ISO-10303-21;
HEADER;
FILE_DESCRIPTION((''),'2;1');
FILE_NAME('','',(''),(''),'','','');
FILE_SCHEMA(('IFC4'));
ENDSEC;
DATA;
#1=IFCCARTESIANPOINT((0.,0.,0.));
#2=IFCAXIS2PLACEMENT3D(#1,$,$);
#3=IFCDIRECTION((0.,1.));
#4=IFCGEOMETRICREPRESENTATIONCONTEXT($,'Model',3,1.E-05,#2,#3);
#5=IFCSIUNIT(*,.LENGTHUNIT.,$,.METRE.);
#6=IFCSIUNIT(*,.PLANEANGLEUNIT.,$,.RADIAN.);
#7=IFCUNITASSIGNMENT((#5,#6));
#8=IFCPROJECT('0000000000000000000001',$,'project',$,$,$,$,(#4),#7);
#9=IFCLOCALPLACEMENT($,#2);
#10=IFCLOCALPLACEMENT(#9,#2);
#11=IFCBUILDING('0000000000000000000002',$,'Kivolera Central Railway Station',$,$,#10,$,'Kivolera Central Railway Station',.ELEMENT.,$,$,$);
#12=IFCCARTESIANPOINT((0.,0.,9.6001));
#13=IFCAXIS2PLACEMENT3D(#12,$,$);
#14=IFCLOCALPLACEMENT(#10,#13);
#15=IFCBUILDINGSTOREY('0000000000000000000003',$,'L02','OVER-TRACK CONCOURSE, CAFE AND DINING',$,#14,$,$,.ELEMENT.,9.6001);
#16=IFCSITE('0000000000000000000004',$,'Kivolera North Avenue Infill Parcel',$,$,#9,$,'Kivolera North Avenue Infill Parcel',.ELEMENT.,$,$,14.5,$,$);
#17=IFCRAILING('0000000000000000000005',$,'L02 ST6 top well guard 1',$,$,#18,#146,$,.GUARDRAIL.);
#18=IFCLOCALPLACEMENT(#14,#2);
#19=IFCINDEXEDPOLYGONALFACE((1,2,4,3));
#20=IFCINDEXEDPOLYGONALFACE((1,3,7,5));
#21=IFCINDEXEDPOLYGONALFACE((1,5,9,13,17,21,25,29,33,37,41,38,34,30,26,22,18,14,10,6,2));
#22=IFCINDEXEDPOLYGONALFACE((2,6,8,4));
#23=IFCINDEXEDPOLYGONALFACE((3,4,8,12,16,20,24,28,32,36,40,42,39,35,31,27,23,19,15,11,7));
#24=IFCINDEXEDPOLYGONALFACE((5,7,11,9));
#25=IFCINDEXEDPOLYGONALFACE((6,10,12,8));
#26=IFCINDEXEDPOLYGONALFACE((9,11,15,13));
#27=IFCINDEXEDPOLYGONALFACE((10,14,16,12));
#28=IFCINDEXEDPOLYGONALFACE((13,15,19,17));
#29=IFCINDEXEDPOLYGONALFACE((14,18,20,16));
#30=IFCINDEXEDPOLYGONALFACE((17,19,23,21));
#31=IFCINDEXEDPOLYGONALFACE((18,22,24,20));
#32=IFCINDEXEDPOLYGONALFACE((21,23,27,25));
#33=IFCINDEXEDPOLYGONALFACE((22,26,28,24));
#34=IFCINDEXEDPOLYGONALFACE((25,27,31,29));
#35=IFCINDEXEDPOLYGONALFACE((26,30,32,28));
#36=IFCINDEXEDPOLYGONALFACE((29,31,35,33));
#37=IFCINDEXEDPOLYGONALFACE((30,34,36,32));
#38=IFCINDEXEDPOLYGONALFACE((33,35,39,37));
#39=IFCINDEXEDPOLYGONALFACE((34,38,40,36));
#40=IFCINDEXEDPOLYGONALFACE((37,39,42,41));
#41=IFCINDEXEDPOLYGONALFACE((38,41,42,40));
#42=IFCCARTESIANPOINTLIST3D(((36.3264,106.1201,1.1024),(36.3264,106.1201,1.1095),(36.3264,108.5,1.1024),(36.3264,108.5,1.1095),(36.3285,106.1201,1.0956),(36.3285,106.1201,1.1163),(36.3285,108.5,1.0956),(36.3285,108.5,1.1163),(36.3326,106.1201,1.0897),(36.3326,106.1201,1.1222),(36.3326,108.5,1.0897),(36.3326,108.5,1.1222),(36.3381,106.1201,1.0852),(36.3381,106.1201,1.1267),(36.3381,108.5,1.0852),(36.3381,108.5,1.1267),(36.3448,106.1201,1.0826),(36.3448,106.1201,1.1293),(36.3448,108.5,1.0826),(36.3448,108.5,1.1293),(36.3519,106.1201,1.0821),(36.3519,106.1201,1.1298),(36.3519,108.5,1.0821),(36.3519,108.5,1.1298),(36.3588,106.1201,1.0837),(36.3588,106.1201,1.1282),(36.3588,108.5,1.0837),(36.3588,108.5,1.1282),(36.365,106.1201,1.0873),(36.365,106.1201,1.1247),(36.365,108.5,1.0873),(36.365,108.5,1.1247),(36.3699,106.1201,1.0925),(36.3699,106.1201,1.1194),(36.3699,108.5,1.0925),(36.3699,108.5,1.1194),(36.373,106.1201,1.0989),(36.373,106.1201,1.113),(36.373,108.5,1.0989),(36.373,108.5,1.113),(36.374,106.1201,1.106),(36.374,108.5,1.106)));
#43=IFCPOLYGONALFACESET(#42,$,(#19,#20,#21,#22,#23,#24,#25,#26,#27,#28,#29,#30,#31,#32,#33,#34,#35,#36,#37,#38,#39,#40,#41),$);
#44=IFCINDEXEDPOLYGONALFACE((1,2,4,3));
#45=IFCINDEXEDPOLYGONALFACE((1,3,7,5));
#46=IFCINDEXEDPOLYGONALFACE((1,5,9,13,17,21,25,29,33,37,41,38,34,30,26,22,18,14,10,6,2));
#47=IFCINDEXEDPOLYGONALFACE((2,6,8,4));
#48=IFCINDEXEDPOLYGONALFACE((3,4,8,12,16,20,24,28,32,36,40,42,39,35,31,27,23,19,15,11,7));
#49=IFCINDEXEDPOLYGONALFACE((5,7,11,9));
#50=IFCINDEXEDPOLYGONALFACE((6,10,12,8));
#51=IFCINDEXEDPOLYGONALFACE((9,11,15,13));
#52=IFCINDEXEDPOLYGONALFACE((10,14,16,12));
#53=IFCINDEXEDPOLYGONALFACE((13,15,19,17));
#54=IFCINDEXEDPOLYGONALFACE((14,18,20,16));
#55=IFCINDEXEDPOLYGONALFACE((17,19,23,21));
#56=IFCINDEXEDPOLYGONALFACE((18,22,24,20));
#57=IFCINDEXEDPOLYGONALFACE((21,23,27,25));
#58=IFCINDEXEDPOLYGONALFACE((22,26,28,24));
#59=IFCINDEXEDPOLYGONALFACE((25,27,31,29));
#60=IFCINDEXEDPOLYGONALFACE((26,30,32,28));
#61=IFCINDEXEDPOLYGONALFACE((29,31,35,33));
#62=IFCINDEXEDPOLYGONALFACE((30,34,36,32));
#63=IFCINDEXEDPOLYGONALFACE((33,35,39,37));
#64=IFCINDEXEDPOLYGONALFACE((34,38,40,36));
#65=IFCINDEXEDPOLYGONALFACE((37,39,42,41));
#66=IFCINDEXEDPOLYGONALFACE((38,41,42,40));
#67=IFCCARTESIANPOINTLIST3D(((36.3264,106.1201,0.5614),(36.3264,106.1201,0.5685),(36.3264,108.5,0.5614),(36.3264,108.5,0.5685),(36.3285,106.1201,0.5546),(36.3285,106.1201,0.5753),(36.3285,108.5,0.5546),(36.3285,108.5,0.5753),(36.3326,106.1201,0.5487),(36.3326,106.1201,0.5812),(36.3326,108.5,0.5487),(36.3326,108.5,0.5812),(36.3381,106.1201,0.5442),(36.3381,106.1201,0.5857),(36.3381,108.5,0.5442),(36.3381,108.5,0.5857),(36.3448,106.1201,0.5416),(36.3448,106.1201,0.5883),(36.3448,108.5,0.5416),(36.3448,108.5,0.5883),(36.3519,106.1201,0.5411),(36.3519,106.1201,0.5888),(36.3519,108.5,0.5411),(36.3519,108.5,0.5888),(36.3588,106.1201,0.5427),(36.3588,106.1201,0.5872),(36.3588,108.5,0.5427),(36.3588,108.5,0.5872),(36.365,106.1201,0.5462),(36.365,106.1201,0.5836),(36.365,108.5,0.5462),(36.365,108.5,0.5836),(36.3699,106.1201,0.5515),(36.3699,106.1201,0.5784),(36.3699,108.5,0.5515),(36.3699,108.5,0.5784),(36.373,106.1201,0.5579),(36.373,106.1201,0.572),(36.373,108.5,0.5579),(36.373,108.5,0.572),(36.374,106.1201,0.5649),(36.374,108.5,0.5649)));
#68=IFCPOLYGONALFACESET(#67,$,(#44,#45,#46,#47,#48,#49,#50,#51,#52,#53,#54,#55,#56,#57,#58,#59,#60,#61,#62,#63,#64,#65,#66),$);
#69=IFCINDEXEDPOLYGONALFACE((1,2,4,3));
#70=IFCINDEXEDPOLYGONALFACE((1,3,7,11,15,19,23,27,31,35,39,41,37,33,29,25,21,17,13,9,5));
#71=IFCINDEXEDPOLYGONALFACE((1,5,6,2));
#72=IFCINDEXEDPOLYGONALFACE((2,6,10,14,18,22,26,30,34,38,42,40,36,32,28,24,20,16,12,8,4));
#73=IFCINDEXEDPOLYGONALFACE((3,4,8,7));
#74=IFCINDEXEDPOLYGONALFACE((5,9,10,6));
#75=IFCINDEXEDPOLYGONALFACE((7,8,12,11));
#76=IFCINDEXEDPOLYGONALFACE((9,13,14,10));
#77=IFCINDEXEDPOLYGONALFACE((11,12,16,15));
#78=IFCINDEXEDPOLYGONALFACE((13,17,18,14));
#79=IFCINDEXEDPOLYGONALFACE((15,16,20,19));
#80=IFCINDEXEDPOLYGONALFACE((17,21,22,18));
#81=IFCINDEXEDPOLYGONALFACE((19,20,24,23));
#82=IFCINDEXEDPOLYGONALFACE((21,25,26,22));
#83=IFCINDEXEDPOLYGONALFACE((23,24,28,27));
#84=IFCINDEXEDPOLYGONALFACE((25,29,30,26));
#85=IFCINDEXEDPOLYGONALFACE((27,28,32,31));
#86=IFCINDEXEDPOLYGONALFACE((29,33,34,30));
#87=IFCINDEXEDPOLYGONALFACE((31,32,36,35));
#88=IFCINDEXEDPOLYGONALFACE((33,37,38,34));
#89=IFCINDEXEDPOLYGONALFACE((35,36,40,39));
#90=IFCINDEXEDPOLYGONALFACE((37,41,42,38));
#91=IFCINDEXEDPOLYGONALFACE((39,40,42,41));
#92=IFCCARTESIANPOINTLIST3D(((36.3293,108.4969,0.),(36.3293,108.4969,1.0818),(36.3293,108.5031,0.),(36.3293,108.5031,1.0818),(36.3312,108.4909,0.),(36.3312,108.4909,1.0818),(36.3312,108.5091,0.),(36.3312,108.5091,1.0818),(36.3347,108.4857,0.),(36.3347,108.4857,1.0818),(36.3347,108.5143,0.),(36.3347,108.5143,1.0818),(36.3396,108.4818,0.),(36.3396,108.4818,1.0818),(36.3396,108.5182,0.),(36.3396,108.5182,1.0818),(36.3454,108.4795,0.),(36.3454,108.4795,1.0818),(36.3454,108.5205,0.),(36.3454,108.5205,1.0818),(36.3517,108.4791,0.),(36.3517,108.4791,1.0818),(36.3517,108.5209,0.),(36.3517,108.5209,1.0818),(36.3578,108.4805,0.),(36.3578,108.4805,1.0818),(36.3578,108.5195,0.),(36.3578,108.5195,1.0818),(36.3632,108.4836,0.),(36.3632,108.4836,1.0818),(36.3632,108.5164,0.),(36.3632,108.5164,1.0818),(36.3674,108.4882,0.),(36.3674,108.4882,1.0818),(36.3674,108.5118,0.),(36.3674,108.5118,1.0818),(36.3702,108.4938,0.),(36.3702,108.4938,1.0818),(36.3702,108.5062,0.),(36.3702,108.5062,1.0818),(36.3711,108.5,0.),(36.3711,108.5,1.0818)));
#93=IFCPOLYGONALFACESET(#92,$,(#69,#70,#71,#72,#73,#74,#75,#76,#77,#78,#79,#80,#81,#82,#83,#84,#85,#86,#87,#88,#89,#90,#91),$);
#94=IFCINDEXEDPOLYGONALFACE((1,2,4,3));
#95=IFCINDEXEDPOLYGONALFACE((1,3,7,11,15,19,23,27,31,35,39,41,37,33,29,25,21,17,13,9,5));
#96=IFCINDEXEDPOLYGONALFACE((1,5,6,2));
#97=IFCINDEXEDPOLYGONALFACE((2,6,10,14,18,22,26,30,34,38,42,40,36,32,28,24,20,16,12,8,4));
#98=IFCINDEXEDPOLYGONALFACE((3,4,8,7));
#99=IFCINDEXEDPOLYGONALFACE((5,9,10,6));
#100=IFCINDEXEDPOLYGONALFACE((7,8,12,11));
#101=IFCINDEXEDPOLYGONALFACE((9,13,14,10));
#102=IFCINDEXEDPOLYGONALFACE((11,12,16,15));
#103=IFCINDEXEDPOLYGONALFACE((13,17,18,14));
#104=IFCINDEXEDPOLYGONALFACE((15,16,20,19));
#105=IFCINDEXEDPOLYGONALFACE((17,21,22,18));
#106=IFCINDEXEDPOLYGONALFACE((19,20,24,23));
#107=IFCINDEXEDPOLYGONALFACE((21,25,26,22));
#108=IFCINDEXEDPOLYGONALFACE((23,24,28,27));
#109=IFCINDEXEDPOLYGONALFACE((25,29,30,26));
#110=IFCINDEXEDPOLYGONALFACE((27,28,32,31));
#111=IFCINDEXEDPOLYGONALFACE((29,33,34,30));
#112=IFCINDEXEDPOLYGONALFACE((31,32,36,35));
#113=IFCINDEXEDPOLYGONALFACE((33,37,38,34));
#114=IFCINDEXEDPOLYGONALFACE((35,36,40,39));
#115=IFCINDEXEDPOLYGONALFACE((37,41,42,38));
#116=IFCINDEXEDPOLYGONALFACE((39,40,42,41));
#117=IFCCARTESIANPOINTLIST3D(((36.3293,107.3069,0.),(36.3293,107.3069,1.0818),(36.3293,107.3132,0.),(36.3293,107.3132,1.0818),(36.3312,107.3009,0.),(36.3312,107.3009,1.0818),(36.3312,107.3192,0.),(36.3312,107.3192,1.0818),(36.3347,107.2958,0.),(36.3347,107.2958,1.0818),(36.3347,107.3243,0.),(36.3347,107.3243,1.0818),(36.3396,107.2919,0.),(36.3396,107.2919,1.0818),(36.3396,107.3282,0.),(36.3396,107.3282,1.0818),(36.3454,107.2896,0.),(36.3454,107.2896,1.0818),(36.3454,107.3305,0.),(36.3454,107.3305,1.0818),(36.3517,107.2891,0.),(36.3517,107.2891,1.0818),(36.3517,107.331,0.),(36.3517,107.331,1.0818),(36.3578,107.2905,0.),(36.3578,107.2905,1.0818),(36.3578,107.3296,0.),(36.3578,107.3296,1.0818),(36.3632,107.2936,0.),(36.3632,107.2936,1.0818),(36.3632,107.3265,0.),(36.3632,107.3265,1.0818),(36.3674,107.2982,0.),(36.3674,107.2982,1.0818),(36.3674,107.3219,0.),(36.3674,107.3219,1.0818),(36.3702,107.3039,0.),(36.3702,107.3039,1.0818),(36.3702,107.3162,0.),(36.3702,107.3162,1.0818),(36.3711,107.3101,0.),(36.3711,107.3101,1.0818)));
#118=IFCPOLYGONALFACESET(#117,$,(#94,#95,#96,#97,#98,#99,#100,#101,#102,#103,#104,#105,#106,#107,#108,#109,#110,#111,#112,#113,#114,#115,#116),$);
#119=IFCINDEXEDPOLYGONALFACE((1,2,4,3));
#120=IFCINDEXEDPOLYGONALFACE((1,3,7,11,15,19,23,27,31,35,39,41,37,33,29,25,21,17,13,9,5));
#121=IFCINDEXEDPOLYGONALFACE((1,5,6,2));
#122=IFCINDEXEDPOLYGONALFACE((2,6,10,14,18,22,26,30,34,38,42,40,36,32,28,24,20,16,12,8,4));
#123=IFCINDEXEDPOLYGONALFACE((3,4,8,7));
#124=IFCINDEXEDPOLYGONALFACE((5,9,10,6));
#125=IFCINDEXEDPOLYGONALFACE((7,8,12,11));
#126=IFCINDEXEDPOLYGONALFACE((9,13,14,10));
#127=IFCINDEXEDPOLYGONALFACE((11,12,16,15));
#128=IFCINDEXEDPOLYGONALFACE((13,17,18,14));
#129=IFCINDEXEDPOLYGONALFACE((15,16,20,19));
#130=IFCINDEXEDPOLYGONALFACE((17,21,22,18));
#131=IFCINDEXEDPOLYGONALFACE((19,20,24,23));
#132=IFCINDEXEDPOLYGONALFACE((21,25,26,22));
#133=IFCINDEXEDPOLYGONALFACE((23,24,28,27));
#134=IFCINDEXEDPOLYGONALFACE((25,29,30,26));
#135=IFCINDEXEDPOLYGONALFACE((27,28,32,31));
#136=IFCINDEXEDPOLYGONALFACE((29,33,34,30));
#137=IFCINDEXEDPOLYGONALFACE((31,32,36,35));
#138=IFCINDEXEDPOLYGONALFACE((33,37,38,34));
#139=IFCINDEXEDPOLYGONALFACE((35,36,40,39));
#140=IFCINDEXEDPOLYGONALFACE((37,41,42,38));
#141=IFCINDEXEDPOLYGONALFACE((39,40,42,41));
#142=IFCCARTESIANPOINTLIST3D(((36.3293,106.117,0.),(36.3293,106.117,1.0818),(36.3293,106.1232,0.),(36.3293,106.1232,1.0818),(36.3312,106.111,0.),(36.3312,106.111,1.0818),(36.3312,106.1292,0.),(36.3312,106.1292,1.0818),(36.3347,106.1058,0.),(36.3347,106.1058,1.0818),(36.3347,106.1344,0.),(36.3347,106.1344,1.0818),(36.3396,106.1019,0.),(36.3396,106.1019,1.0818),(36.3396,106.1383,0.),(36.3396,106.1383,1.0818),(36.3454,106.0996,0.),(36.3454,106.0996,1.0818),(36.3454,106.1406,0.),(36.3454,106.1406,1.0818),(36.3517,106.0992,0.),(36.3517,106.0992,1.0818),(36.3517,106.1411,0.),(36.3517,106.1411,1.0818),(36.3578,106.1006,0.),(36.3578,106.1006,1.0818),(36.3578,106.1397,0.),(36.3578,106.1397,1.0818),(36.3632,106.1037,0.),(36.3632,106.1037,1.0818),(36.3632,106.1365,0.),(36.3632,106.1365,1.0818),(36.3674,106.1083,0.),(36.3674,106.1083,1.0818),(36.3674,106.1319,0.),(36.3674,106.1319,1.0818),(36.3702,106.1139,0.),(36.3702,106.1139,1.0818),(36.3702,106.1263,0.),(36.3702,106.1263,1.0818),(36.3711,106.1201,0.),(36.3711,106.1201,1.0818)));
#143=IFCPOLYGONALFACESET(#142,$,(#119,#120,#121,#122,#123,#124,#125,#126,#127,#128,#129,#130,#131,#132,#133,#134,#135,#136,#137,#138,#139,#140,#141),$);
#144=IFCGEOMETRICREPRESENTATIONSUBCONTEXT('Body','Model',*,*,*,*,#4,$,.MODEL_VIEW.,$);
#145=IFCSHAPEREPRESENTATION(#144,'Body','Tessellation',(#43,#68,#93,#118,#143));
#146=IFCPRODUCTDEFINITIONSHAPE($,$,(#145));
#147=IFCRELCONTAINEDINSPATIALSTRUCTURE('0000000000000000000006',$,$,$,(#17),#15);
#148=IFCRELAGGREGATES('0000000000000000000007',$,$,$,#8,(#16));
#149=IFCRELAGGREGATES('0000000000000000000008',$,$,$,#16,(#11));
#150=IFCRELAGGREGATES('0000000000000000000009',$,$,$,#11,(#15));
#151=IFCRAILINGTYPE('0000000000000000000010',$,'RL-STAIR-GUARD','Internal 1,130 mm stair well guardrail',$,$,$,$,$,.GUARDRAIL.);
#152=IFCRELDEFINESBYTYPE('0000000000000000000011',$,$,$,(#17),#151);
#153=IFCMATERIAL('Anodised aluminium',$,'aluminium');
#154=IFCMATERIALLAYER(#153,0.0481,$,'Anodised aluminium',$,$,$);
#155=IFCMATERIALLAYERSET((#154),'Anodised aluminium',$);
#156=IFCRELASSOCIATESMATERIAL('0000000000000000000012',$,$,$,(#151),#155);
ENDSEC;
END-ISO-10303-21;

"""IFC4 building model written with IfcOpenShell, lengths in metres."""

from ifc_helpers import new_model, si_unit, direction, frame, origin, origin_2d, place, context, subcontext, project, spatial, circle, extrude, material, layer, layer_set, type_object, element, save


model = new_model("IFC4")

# Units and contexts
model_context = context("Model", 3, precision=1e-05, world=origin(), true_north=direction((0.0, 1.0)))
body_context = subcontext(model_context, "Body", "Model", "MODEL_VIEW")
ifc_project = project(units=[si_unit("LENGTHUNIT", "METRE"), si_unit("PLANEANGLEUNIT", "RADIAN")], contexts=[model_context])

# Site, building, storey
site_placement = place(None, origin())
site = spatial("IfcSite", under=ifc_project, at=site_placement, Name="Kivolera North Avenue Infill Parcel", LongName="Kivolera North Avenue Infill Parcel", CompositionType="ELEMENT", RefElevation=14.5)
building_placement = place(site_placement, origin())
building = spatial("IfcBuilding", under=site, at=building_placement, Name="Kivolera Central Railway Station", LongName="Kivolera Central Railway Station", CompositionType="ELEMENT")
storey_placement = place(building_placement, frame((0.0, 0.0, 9.6001)))
storey = spatial("IfcBuildingStorey", under=building, at=storey_placement, Name="L02", Description="OVER-TRACK CONCOURSE, CAFE AND DINING", CompositionType="ELEMENT", Elevation=9.6001)

# Shared definitions
ifc_material_1 = material(Name="Anodised aluminium", Category="aluminium")

# Railing
ifc_layer_1 = layer(ifc_material_1, 0.0481, Name="Anodised aluminium")
ifc_layer_set_1 = layer_set([ifc_layer_1], Name="Anodised aluminium")
railing_type = type_object("IfcRailingType", Name="RL-STAIR-GUARD", Description="Internal 1,130 mm stair well guardrail", PredefinedType="GUARDRAIL", material=ifc_layer_set_1)
railing_placement = place(storey_placement, frame((36.3501, 108.5, 0.0)))
element("IfcRailing", 1, at=railing_placement, inside=storey, type_object=railing_type, Name="L02 ST6 top well guard 1", PredefinedType="GUARDRAIL", context=body_context, shape_type="SweptSolid", body=[
    extrude(circle(Radius=0.0239, at=origin_2d()), frame((0.0, 0.0, 1.106), z_axis=(0.0, -1.0, 0.0), x_axis=(1.0, 0.0, 0.0)), (0.0, 0.0, 1.0), 2.3799),
    extrude(circle(Radius=0.0239, at=origin_2d()), frame((0.0, 0.0, 0.5649), z_axis=(0.0, -1.0, 0.0), x_axis=(1.0, 0.0, 0.0)), (0.0, 0.0, 1.0), 2.3799),
    extrude(circle(Radius=0.021, at=origin_2d()), origin(), (0.0, 0.0, 1.0), 1.0818),
    extrude(circle(Radius=0.021, at=origin_2d()), frame((0.0, -1.1899, 0.0)), (0.0, 0.0, 1.0), 1.0818),
    extrude(circle(Radius=0.021, at=origin_2d()), frame((0.0, -2.3799, 0.0)), (0.0, 0.0, 1.0), 1.0818),
])

save(model, "model.ifc")
